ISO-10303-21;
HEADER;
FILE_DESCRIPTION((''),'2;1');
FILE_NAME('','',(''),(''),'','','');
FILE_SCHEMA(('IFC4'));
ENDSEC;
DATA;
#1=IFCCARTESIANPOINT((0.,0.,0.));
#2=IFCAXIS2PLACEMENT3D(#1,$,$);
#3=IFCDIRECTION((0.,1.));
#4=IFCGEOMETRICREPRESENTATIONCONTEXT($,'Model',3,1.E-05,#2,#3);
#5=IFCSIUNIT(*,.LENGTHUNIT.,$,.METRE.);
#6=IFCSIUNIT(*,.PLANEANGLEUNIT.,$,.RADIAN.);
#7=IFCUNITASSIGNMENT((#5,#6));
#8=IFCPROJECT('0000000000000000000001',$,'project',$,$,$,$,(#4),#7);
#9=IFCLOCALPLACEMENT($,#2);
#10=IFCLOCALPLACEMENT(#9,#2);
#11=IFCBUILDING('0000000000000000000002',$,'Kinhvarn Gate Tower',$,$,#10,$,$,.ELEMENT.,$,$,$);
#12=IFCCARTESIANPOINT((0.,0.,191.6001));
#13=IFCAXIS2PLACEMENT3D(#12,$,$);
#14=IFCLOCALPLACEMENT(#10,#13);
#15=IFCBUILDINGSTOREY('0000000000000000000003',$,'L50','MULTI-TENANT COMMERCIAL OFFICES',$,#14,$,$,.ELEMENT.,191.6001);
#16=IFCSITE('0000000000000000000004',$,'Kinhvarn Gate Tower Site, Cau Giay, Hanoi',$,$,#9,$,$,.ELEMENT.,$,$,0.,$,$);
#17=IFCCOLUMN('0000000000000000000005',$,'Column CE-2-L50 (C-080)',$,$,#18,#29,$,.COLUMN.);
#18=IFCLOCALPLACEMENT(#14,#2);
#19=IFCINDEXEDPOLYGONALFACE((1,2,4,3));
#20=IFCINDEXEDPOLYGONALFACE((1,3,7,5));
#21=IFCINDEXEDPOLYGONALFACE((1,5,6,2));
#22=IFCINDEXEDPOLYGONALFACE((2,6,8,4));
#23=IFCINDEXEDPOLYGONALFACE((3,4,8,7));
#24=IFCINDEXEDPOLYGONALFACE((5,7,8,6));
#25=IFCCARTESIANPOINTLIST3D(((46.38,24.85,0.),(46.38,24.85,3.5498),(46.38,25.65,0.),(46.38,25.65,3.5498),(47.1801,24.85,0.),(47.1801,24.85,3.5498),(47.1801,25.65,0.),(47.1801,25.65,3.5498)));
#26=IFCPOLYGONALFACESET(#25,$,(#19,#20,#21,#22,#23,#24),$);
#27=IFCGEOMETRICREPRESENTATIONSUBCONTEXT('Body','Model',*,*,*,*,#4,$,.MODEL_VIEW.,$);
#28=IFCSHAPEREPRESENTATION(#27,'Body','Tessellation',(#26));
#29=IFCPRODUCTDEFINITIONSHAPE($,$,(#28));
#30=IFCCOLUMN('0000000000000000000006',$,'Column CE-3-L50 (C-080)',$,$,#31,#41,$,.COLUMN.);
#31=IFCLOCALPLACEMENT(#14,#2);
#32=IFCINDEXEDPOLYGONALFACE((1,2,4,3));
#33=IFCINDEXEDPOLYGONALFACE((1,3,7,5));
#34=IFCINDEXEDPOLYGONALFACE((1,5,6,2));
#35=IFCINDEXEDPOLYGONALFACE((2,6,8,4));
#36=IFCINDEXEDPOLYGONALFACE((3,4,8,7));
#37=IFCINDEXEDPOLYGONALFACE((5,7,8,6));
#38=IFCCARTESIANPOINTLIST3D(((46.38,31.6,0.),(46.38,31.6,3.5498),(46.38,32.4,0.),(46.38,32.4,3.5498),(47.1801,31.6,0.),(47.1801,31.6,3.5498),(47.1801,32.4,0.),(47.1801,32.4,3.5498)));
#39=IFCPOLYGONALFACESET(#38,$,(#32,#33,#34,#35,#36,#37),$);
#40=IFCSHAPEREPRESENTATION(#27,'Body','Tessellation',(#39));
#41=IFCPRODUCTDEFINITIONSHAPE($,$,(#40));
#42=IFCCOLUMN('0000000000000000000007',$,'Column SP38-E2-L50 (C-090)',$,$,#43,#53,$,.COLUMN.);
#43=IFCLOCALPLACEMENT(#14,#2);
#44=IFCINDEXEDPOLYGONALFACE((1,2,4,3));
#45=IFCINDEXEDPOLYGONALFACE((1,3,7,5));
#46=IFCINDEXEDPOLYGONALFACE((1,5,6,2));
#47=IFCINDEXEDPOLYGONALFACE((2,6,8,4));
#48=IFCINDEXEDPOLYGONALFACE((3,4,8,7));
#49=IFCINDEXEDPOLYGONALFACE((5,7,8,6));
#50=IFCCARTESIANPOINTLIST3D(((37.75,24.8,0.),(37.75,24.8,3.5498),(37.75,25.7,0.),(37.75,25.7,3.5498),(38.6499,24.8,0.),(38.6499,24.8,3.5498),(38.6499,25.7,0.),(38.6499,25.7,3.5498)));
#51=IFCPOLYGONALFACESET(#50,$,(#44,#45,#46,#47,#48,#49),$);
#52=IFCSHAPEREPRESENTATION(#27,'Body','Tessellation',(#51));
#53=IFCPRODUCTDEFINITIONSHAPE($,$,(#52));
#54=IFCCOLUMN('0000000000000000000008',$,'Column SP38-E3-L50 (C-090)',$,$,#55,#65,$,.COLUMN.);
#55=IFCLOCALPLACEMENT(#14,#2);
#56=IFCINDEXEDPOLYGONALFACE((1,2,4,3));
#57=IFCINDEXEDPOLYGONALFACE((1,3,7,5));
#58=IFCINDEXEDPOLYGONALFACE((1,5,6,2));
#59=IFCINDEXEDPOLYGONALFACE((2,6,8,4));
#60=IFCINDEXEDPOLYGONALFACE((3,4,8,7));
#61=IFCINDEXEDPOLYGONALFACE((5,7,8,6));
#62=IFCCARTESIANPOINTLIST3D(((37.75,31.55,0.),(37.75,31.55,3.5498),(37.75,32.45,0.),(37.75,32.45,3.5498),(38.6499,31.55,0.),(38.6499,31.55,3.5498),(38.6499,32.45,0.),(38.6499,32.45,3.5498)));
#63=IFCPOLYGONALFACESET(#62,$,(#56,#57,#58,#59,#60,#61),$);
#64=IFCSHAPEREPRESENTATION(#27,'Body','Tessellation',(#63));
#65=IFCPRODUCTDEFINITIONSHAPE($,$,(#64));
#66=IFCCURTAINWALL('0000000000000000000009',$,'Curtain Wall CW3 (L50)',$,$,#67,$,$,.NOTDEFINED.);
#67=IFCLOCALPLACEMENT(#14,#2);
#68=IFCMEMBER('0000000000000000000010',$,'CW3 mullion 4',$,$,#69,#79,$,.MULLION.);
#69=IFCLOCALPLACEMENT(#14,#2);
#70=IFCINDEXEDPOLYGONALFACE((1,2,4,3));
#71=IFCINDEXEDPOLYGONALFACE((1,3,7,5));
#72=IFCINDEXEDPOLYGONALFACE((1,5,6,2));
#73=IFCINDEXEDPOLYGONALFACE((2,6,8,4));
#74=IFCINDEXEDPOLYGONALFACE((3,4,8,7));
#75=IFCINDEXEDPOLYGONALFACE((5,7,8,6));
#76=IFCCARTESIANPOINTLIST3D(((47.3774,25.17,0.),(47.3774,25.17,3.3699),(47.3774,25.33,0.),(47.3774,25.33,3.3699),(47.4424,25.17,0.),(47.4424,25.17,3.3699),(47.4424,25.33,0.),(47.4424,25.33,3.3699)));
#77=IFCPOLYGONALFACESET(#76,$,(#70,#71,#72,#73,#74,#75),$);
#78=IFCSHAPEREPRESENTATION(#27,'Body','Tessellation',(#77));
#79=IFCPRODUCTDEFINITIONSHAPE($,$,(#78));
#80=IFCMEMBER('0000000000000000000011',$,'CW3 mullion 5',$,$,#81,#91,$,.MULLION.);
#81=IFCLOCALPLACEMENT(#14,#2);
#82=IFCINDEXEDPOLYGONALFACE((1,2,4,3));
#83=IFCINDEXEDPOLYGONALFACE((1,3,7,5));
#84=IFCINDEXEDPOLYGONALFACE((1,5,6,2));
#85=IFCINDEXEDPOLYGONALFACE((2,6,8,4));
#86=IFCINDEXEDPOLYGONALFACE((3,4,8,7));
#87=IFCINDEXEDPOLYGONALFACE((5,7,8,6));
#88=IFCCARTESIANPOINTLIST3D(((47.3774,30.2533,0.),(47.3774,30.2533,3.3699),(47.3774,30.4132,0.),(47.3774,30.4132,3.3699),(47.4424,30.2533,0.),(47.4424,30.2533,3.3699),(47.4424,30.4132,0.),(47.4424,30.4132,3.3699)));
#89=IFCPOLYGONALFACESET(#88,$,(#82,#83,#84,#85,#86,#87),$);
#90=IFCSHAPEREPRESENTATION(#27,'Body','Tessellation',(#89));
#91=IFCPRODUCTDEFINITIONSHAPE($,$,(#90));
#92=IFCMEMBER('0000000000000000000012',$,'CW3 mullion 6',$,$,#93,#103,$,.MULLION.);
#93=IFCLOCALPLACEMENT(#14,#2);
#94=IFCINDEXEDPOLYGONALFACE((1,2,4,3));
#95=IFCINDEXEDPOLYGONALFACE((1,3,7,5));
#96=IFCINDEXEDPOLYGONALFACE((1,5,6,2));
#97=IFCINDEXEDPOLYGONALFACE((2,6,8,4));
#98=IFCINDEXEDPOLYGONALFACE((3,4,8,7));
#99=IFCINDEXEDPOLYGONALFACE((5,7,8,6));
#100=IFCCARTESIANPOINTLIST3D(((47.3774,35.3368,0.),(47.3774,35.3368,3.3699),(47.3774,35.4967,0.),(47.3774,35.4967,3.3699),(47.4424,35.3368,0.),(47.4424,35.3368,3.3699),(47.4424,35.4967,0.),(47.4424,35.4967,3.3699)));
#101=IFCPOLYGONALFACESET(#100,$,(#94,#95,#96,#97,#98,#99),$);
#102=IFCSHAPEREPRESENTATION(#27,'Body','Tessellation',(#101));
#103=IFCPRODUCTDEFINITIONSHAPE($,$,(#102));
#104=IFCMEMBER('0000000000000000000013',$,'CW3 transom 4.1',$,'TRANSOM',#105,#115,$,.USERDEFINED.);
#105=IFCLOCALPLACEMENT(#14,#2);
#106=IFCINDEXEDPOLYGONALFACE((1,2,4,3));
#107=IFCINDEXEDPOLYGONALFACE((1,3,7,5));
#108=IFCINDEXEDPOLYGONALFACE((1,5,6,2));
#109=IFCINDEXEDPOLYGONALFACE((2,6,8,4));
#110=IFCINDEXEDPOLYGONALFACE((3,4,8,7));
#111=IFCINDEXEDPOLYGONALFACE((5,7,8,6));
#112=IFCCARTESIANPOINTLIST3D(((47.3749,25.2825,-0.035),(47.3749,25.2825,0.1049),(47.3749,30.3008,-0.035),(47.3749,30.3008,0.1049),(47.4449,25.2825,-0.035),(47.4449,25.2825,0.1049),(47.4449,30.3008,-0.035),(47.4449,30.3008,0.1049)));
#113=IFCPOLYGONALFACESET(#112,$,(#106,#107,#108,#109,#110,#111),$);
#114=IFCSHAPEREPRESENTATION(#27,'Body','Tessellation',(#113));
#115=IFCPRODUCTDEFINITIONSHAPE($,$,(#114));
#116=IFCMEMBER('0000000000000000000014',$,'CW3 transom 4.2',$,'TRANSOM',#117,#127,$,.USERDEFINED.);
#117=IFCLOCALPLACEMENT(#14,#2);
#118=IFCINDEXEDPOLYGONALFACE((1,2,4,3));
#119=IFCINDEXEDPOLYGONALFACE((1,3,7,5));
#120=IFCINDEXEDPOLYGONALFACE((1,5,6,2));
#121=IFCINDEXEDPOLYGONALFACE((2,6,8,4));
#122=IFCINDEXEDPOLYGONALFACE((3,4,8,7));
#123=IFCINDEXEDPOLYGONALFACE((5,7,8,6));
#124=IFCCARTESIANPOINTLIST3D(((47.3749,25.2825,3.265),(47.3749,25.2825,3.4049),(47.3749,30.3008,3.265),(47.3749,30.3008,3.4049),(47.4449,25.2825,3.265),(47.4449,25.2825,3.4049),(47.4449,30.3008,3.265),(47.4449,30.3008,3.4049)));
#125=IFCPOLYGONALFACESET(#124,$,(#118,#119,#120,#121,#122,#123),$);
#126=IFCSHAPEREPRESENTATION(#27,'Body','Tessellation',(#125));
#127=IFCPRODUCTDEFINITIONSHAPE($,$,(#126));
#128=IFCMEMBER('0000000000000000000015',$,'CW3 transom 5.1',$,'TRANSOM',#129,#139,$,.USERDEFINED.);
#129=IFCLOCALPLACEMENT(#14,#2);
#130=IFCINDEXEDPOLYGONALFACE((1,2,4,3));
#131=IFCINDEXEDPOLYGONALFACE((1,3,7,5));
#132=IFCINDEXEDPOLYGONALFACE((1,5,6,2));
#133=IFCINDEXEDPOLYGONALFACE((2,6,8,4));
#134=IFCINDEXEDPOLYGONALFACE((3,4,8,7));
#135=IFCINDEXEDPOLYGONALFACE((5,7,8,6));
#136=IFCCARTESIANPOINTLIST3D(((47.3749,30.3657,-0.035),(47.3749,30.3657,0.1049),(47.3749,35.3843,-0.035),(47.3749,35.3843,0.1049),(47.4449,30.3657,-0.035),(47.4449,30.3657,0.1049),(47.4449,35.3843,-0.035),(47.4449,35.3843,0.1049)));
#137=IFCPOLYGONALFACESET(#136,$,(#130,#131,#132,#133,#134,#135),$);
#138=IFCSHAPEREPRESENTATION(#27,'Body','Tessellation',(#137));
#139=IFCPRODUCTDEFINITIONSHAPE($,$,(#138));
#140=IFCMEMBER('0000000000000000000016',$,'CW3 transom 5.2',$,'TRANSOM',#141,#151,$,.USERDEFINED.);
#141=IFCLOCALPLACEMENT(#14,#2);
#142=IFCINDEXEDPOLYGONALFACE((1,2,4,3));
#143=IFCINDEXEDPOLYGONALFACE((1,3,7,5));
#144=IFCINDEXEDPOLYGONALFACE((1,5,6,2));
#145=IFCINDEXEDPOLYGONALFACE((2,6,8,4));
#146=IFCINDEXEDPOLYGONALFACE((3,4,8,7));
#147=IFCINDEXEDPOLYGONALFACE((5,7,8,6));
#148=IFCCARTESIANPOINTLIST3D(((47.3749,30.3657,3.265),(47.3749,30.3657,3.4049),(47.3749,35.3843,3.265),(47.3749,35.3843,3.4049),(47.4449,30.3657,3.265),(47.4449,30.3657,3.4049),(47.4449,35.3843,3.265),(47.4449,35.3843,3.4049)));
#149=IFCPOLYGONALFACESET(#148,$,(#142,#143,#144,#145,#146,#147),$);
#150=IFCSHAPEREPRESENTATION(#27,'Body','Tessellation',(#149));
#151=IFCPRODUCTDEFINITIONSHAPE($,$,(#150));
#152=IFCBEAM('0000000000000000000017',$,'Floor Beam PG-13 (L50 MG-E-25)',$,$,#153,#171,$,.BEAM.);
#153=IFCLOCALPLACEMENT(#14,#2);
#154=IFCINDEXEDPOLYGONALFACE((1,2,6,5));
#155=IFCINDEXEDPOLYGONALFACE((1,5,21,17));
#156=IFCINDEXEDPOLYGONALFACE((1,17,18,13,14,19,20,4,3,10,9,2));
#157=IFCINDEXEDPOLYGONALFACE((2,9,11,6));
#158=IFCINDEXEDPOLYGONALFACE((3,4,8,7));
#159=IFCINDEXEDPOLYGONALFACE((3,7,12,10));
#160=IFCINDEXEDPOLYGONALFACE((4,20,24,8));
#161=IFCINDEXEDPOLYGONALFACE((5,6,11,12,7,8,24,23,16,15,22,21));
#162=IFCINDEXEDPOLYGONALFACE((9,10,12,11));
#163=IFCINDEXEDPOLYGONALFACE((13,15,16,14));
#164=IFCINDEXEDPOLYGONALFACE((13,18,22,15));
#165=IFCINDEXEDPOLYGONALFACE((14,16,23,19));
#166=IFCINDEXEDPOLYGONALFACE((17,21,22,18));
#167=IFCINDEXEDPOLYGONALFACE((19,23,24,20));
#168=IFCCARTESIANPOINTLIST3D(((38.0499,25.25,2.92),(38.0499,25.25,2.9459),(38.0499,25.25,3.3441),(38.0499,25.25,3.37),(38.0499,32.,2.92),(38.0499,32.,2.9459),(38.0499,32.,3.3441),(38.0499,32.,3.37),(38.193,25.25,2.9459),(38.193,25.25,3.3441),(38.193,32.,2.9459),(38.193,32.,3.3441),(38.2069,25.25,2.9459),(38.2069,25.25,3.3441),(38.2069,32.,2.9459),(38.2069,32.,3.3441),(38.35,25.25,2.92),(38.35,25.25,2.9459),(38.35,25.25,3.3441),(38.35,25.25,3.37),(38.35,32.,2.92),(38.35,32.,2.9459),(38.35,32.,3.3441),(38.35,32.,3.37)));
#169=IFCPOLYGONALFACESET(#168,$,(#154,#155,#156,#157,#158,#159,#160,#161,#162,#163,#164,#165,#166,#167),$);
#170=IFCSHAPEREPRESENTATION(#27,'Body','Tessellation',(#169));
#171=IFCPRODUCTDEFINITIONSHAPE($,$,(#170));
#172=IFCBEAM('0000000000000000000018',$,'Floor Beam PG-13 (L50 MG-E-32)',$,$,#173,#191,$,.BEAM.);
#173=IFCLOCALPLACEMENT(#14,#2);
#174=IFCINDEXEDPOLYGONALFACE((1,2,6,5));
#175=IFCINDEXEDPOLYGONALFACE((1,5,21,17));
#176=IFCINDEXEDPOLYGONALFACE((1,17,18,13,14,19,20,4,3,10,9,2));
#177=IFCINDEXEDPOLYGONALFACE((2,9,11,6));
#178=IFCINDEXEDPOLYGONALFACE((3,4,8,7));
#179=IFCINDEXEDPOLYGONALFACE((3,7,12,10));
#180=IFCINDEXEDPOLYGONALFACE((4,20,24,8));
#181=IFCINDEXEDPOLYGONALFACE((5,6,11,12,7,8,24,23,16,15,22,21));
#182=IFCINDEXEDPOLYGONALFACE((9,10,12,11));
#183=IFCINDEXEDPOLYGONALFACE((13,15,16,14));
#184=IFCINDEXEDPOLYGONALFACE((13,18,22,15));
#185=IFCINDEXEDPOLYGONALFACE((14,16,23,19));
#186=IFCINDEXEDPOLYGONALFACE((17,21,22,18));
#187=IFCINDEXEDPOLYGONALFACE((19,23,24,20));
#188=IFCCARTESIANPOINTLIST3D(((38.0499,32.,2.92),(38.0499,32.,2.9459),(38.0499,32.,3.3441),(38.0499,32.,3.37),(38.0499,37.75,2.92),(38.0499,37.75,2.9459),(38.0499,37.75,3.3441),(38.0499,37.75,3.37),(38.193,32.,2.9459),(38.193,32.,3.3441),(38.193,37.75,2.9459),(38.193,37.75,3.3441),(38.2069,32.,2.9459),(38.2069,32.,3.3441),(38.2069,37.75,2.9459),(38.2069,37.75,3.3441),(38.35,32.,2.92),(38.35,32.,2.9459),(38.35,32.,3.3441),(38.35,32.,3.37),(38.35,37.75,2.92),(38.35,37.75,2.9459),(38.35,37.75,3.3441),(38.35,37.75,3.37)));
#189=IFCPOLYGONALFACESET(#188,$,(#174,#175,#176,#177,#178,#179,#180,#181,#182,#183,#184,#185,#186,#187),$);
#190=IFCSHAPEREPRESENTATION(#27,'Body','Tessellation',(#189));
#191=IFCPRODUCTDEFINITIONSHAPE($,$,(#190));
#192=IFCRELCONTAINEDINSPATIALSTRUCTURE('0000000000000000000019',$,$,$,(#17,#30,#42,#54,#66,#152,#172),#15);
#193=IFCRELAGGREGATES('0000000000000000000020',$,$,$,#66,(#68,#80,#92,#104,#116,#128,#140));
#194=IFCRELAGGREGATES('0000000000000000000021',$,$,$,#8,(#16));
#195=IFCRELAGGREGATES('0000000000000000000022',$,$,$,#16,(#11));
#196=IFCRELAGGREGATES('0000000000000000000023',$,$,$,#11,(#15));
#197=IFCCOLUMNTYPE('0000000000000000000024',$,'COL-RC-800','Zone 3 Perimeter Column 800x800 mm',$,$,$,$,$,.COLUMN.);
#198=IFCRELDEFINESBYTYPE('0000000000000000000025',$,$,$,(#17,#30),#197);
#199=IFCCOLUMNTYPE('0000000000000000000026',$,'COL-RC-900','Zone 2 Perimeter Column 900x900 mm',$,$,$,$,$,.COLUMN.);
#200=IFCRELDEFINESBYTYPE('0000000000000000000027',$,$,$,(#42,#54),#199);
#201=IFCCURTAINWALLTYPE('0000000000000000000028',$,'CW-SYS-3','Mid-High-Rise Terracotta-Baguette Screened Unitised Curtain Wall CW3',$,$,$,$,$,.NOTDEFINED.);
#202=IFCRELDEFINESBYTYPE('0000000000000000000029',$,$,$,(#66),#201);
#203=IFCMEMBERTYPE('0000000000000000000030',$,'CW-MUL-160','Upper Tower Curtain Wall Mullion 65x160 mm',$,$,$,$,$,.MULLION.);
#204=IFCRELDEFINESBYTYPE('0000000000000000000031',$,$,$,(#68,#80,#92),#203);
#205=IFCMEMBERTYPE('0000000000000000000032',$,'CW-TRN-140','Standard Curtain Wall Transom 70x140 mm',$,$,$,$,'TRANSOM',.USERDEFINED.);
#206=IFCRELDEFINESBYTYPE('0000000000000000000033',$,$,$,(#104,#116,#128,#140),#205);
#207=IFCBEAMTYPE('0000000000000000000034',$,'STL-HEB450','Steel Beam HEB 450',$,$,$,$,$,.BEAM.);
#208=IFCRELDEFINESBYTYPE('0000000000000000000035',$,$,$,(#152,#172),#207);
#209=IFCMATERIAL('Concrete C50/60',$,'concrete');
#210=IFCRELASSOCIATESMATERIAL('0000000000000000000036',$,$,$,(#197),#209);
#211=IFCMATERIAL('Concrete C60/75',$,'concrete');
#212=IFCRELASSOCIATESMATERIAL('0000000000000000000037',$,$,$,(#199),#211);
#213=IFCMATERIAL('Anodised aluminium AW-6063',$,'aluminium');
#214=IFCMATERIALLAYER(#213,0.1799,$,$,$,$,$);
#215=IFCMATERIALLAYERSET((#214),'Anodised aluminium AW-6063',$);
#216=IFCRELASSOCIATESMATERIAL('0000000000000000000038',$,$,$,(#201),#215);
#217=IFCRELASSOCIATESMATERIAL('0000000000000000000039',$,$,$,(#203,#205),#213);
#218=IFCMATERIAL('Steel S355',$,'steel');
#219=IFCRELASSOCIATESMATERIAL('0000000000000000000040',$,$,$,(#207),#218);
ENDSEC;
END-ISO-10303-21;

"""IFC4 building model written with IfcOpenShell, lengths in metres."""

from ifc_helpers import new_model, si_unit, direction, frame, origin, origin_2d, place, context, subcontext, project, spatial, rectangle, i_section, extrude, material, layer, layer_set, material_profile, profile_set, type_object, element, aggregate, save


model = new_model("IFC4")

# Units and contexts
model_context = context("Model", 3, precision=1e-05, world=origin(), true_north=direction((0.0, 1.0)))
body_context = subcontext(model_context, "Body", "Model", "MODEL_VIEW")
ifc_project = project(units=[si_unit("LENGTHUNIT", "METRE"), si_unit("PLANEANGLEUNIT", "RADIAN")], contexts=[model_context])

# Site, building, storey
site_placement = place(None, origin())
site = spatial("IfcSite", under=ifc_project, at=site_placement, Name="Kinhvarn Gate Tower Site, Cau Giay, Hanoi", CompositionType="ELEMENT", RefElevation=0.0)
building_placement = place(site_placement, origin())
building = spatial("IfcBuilding", under=site, at=building_placement, Name="Kinhvarn Gate Tower", CompositionType="ELEMENT")
storey_placement = place(building_placement, frame((0.0, 0.0, 191.6001)))
storey = spatial("IfcBuildingStorey", under=building, at=storey_placement, Name="L50", Description="MULTI-TENANT COMMERCIAL OFFICES", CompositionType="ELEMENT", Elevation=191.6001)

# Columns
ifc_material_1 = material(Name="Concrete C50/60", Category="concrete")
ifc_material_profile_1 = material_profile(ifc_material_1, rectangle(XDim=0.8, YDim=0.8, at=origin_2d()), Name="RC 800x800")
ifc_profile_set_1 = profile_set([ifc_material_profile_1], Name="Concrete C50/60")
column_type_1 = type_object("IfcColumnType", Name="COL-RC-800", Description="Zone 3 Perimeter Column 800x800 mm", PredefinedType="COLUMN", material=ifc_profile_set_1)
for number, where, z_axis, x_axis, name in (
    (1, (46.78, 25.25, 0.0), (0.0, 0.0, 1.0), (1.0, 0.0, 0.0), "Column CE-2-L50 (C-080)"),
    (2, (46.78, 32.0, 0.0), (0.0, 0.0, 1.0), (1.0, 0.0, 0.0), "Column CE-3-L50 (C-080)"),
):
    element("IfcColumn", number, at=place(storey_placement, frame(where, z_axis=z_axis, x_axis=x_axis)), inside=storey, type_object=column_type_1, Name=name, PredefinedType="COLUMN", context=body_context, shape_type="SweptSolid", body=[
        extrude(rectangle(XDim=0.8, YDim=0.8, at=origin_2d()), origin(), (0.0, 0.0, 1.0), 3.5498),
    ])
ifc_material_2 = material(Name="Concrete C60/75", Category="concrete")
ifc_material_profile_2 = material_profile(ifc_material_2, rectangle(XDim=0.8999, YDim=0.8999, at=origin_2d()), Name="RC 900x900")
ifc_profile_set_2 = profile_set([ifc_material_profile_2], Name="Concrete C60/75")
column_type_2 = type_object("IfcColumnType", Name="COL-RC-900", Description="Zone 2 Perimeter Column 900x900 mm", PredefinedType="COLUMN", material=ifc_profile_set_2)
for number, where, z_axis, x_axis, name in (
    (3, (38.2, 25.25, 0.0), (0.0, 0.0, 1.0), (1.0, 0.0, 0.0), "Column SP38-E2-L50 (C-090)"),
    (4, (38.2, 32.0, 0.0), (0.0, 0.0, 1.0), (1.0, 0.0, 0.0), "Column SP38-E3-L50 (C-090)"),
):
    element("IfcColumn", number, at=place(storey_placement, frame(where, z_axis=z_axis, x_axis=x_axis)), inside=storey, type_object=column_type_2, Name=name, PredefinedType="COLUMN", context=body_context, shape_type="SweptSolid", body=[
        extrude(rectangle(XDim=0.8999, YDim=0.8999, at=origin_2d()), origin(), (0.0, 0.0, 1.0), 3.5498),
    ])

# Curtain wall, members
ifc_material_3 = material(Name="Anodised aluminium AW-6063", Category="aluminium")
ifc_layer_1 = layer(ifc_material_3, 0.1799)
ifc_layer_set_1 = layer_set([ifc_layer_1], Name="Anodised aluminium AW-6063")
curtain_wall_type = type_object("IfcCurtainWallType", Name="CW-SYS-3", Description="Mid-High-Rise Terracotta-Baguette Screened Unitised Curtain Wall CW3", PredefinedType="NOTDEFINED", material=ifc_layer_set_1)
curtain_wall_placement = place(storey_placement, origin())
curtain_wall = element("IfcCurtainWall", 5, at=curtain_wall_placement, inside=storey, type_object=curtain_wall_type, Name="Curtain Wall CW3 (L50)", PredefinedType="NOTDEFINED")
ifc_material_profile_3 = material_profile(ifc_material_3, rectangle(XDim=0.0649, YDim=0.1599, at=origin_2d()), Name="ALU 65x160")
ifc_profile_set_3 = profile_set([ifc_material_profile_3], Name="Anodised aluminium AW-6063")
member_type_1 = type_object("IfcMemberType", Name="CW-MUL-160", Description="Upper Tower Curtain Wall Mullion 65x160 mm", PredefinedType="MULLION", material=ifc_profile_set_3)
member_1_placement = place(storey_placement, frame((47.4099, 25.25, 0.0), z_axis=(0.0, 0.0, 1.0), x_axis=(-1.0, 0.0, 0.0)))
member_1 = element("IfcMember", 6, at=member_1_placement, type_object=member_type_1, Name="CW3 mullion 4", PredefinedType="MULLION", context=body_context, shape_type="SweptSolid", body=[
    extrude(rectangle(XDim=0.0649, YDim=0.1599, at=origin_2d()), origin(), (0.0, 0.0, 1.0), 3.3699),
])
member_2_placement = place(storey_placement, frame((47.4099, 30.3333, 0.0), z_axis=(0.0, 0.0, 1.0), x_axis=(-1.0, 0.0, 0.0)))
member_2 = element("IfcMember", 7, at=member_2_placement, type_object=member_type_1, Name="CW3 mullion 5", PredefinedType="MULLION", context=body_context, shape_type="SweptSolid", body=[
    extrude(rectangle(XDim=0.0649, YDim=0.1599, at=origin_2d()), origin(), (0.0, 0.0, 1.0), 3.3699),
])
member_3_placement = place(storey_placement, frame((47.4099, 35.4167, 0.0), z_axis=(0.0, 0.0, 1.0), x_axis=(-1.0, 0.0, 0.0)))
member_3 = element("IfcMember", 8, at=member_3_placement, type_object=member_type_1, Name="CW3 mullion 6", PredefinedType="MULLION", context=body_context, shape_type="SweptSolid", body=[
    extrude(rectangle(XDim=0.0649, YDim=0.1599, at=origin_2d()), origin(), (0.0, 0.0, 1.0), 3.3699),
])
ifc_material_profile_4 = material_profile(ifc_material_3, rectangle(XDim=0.0701, YDim=0.1399, at=origin_2d()), Name="ALU 70x140")
ifc_profile_set_4 = profile_set([ifc_material_profile_4], Name="Anodised aluminium AW-6063")
member_type_2 = type_object("IfcMemberType", Name="CW-TRN-140", Description="Standard Curtain Wall Transom 70x140 mm", ElementType="TRANSOM", PredefinedType="USERDEFINED", material=ifc_profile_set_4)
member_4_placement = place(storey_placement, frame((47.4099, 25.2825, 0.0349), z_axis=(0.0, 1.0, 0.0), x_axis=(-1.0, 0.0, 0.0)))
member_4 = element("IfcMember", 9, at=member_4_placement, type_object=member_type_2, Name="CW3 transom 4.1", ObjectType="TRANSOM", PredefinedType="USERDEFINED", context=body_context, shape_type="SweptSolid", body=[
    extrude(rectangle(XDim=0.0701, YDim=0.1399, at=origin_2d()), origin(), (0.0, 0.0, 1.0), 5.0183),
])
member_5_placement = place(storey_placement, frame((47.4099, 25.2825, 3.335), z_axis=(0.0, 1.0, 0.0), x_axis=(-1.0, 0.0, 0.0)))
member_5 = element("IfcMember", 10, at=member_5_placement, type_object=member_type_2, Name="CW3 transom 4.2", ObjectType="TRANSOM", PredefinedType="USERDEFINED", context=body_context, shape_type="SweptSolid", body=[
    extrude(rectangle(XDim=0.0701, YDim=0.1399, at=origin_2d()), origin(), (0.0, 0.0, 1.0), 5.0183),
])
member_6_placement = place(storey_placement, frame((47.4099, 30.3657, 0.0349), z_axis=(0.0, 1.0, 0.0), x_axis=(-1.0, 0.0, 0.0)))
member_6 = element("IfcMember", 11, at=member_6_placement, type_object=member_type_2, Name="CW3 transom 5.1", ObjectType="TRANSOM", PredefinedType="USERDEFINED", context=body_context, shape_type="SweptSolid", body=[
    extrude(rectangle(XDim=0.0701, YDim=0.1399, at=origin_2d()), origin(), (0.0, 0.0, 1.0), 5.0186),
])
member_7_placement = place(storey_placement, frame((47.4099, 30.3657, 3.335), z_axis=(0.0, 1.0, 0.0), x_axis=(-1.0, 0.0, 0.0)))
member_7 = element("IfcMember", 12, at=member_7_placement, type_object=member_type_2, Name="CW3 transom 5.2", ObjectType="TRANSOM", PredefinedType="USERDEFINED", context=body_context, shape_type="SweptSolid", body=[
    extrude(rectangle(XDim=0.0701, YDim=0.1399, at=origin_2d()), origin(), (0.0, 0.0, 1.0), 5.0186),
])

# Beams
ifc_material_4 = material(Name="Steel S355", Category="steel")
ifc_material_profile_5 = material_profile(ifc_material_4, i_section(OverallWidth=0.3, OverallDepth=0.45, WebThickness=0.0139, FlangeThickness=0.0259, at=origin_2d()), Name="HEB 450")
ifc_profile_set_5 = profile_set([ifc_material_profile_5], Name="Steel S355")
beam_type_1 = type_object("IfcBeamType", Name="STL-HEB450", Description="Steel Beam HEB 450", PredefinedType="BEAM", material=ifc_profile_set_5)
beam_1_placement = place(storey_placement, frame((38.2, 25.25, 3.145), z_axis=(0.0, 1.0, 0.0), x_axis=(-1.0, 0.0, 0.0)))
element("IfcBeam", 13, at=beam_1_placement, inside=storey, type_object=beam_type_1, Name="Floor Beam PG-13 (L50 MG-E-25)", PredefinedType="BEAM", context=body_context, shape_type="SweptSolid", body=[
    extrude(i_section(OverallWidth=0.3, OverallDepth=0.45, WebThickness=0.0139, FlangeThickness=0.0259, at=origin_2d()), origin(), (0.0, 0.0, 1.0), 6.75),
])
beam_2_placement = place(storey_placement, frame((38.2, 32.0, 3.145), z_axis=(0.0, 1.0, 0.0), x_axis=(-1.0, 0.0, 0.0)))
element("IfcBeam", 14, at=beam_2_placement, inside=storey, type_object=beam_type_1, Name="Floor Beam PG-13 (L50 MG-E-32)", PredefinedType="BEAM", context=body_context, shape_type="SweptSolid", body=[
    extrude(i_section(OverallWidth=0.3, OverallDepth=0.45, WebThickness=0.0139, FlangeThickness=0.0259, at=origin_2d()), origin(), (0.0, 0.0, 1.0), 5.75),
])

aggregate(curtain_wall, [member_1, member_2, member_3, member_4, member_5, member_6, member_7])

save(model, "model.ifc")
